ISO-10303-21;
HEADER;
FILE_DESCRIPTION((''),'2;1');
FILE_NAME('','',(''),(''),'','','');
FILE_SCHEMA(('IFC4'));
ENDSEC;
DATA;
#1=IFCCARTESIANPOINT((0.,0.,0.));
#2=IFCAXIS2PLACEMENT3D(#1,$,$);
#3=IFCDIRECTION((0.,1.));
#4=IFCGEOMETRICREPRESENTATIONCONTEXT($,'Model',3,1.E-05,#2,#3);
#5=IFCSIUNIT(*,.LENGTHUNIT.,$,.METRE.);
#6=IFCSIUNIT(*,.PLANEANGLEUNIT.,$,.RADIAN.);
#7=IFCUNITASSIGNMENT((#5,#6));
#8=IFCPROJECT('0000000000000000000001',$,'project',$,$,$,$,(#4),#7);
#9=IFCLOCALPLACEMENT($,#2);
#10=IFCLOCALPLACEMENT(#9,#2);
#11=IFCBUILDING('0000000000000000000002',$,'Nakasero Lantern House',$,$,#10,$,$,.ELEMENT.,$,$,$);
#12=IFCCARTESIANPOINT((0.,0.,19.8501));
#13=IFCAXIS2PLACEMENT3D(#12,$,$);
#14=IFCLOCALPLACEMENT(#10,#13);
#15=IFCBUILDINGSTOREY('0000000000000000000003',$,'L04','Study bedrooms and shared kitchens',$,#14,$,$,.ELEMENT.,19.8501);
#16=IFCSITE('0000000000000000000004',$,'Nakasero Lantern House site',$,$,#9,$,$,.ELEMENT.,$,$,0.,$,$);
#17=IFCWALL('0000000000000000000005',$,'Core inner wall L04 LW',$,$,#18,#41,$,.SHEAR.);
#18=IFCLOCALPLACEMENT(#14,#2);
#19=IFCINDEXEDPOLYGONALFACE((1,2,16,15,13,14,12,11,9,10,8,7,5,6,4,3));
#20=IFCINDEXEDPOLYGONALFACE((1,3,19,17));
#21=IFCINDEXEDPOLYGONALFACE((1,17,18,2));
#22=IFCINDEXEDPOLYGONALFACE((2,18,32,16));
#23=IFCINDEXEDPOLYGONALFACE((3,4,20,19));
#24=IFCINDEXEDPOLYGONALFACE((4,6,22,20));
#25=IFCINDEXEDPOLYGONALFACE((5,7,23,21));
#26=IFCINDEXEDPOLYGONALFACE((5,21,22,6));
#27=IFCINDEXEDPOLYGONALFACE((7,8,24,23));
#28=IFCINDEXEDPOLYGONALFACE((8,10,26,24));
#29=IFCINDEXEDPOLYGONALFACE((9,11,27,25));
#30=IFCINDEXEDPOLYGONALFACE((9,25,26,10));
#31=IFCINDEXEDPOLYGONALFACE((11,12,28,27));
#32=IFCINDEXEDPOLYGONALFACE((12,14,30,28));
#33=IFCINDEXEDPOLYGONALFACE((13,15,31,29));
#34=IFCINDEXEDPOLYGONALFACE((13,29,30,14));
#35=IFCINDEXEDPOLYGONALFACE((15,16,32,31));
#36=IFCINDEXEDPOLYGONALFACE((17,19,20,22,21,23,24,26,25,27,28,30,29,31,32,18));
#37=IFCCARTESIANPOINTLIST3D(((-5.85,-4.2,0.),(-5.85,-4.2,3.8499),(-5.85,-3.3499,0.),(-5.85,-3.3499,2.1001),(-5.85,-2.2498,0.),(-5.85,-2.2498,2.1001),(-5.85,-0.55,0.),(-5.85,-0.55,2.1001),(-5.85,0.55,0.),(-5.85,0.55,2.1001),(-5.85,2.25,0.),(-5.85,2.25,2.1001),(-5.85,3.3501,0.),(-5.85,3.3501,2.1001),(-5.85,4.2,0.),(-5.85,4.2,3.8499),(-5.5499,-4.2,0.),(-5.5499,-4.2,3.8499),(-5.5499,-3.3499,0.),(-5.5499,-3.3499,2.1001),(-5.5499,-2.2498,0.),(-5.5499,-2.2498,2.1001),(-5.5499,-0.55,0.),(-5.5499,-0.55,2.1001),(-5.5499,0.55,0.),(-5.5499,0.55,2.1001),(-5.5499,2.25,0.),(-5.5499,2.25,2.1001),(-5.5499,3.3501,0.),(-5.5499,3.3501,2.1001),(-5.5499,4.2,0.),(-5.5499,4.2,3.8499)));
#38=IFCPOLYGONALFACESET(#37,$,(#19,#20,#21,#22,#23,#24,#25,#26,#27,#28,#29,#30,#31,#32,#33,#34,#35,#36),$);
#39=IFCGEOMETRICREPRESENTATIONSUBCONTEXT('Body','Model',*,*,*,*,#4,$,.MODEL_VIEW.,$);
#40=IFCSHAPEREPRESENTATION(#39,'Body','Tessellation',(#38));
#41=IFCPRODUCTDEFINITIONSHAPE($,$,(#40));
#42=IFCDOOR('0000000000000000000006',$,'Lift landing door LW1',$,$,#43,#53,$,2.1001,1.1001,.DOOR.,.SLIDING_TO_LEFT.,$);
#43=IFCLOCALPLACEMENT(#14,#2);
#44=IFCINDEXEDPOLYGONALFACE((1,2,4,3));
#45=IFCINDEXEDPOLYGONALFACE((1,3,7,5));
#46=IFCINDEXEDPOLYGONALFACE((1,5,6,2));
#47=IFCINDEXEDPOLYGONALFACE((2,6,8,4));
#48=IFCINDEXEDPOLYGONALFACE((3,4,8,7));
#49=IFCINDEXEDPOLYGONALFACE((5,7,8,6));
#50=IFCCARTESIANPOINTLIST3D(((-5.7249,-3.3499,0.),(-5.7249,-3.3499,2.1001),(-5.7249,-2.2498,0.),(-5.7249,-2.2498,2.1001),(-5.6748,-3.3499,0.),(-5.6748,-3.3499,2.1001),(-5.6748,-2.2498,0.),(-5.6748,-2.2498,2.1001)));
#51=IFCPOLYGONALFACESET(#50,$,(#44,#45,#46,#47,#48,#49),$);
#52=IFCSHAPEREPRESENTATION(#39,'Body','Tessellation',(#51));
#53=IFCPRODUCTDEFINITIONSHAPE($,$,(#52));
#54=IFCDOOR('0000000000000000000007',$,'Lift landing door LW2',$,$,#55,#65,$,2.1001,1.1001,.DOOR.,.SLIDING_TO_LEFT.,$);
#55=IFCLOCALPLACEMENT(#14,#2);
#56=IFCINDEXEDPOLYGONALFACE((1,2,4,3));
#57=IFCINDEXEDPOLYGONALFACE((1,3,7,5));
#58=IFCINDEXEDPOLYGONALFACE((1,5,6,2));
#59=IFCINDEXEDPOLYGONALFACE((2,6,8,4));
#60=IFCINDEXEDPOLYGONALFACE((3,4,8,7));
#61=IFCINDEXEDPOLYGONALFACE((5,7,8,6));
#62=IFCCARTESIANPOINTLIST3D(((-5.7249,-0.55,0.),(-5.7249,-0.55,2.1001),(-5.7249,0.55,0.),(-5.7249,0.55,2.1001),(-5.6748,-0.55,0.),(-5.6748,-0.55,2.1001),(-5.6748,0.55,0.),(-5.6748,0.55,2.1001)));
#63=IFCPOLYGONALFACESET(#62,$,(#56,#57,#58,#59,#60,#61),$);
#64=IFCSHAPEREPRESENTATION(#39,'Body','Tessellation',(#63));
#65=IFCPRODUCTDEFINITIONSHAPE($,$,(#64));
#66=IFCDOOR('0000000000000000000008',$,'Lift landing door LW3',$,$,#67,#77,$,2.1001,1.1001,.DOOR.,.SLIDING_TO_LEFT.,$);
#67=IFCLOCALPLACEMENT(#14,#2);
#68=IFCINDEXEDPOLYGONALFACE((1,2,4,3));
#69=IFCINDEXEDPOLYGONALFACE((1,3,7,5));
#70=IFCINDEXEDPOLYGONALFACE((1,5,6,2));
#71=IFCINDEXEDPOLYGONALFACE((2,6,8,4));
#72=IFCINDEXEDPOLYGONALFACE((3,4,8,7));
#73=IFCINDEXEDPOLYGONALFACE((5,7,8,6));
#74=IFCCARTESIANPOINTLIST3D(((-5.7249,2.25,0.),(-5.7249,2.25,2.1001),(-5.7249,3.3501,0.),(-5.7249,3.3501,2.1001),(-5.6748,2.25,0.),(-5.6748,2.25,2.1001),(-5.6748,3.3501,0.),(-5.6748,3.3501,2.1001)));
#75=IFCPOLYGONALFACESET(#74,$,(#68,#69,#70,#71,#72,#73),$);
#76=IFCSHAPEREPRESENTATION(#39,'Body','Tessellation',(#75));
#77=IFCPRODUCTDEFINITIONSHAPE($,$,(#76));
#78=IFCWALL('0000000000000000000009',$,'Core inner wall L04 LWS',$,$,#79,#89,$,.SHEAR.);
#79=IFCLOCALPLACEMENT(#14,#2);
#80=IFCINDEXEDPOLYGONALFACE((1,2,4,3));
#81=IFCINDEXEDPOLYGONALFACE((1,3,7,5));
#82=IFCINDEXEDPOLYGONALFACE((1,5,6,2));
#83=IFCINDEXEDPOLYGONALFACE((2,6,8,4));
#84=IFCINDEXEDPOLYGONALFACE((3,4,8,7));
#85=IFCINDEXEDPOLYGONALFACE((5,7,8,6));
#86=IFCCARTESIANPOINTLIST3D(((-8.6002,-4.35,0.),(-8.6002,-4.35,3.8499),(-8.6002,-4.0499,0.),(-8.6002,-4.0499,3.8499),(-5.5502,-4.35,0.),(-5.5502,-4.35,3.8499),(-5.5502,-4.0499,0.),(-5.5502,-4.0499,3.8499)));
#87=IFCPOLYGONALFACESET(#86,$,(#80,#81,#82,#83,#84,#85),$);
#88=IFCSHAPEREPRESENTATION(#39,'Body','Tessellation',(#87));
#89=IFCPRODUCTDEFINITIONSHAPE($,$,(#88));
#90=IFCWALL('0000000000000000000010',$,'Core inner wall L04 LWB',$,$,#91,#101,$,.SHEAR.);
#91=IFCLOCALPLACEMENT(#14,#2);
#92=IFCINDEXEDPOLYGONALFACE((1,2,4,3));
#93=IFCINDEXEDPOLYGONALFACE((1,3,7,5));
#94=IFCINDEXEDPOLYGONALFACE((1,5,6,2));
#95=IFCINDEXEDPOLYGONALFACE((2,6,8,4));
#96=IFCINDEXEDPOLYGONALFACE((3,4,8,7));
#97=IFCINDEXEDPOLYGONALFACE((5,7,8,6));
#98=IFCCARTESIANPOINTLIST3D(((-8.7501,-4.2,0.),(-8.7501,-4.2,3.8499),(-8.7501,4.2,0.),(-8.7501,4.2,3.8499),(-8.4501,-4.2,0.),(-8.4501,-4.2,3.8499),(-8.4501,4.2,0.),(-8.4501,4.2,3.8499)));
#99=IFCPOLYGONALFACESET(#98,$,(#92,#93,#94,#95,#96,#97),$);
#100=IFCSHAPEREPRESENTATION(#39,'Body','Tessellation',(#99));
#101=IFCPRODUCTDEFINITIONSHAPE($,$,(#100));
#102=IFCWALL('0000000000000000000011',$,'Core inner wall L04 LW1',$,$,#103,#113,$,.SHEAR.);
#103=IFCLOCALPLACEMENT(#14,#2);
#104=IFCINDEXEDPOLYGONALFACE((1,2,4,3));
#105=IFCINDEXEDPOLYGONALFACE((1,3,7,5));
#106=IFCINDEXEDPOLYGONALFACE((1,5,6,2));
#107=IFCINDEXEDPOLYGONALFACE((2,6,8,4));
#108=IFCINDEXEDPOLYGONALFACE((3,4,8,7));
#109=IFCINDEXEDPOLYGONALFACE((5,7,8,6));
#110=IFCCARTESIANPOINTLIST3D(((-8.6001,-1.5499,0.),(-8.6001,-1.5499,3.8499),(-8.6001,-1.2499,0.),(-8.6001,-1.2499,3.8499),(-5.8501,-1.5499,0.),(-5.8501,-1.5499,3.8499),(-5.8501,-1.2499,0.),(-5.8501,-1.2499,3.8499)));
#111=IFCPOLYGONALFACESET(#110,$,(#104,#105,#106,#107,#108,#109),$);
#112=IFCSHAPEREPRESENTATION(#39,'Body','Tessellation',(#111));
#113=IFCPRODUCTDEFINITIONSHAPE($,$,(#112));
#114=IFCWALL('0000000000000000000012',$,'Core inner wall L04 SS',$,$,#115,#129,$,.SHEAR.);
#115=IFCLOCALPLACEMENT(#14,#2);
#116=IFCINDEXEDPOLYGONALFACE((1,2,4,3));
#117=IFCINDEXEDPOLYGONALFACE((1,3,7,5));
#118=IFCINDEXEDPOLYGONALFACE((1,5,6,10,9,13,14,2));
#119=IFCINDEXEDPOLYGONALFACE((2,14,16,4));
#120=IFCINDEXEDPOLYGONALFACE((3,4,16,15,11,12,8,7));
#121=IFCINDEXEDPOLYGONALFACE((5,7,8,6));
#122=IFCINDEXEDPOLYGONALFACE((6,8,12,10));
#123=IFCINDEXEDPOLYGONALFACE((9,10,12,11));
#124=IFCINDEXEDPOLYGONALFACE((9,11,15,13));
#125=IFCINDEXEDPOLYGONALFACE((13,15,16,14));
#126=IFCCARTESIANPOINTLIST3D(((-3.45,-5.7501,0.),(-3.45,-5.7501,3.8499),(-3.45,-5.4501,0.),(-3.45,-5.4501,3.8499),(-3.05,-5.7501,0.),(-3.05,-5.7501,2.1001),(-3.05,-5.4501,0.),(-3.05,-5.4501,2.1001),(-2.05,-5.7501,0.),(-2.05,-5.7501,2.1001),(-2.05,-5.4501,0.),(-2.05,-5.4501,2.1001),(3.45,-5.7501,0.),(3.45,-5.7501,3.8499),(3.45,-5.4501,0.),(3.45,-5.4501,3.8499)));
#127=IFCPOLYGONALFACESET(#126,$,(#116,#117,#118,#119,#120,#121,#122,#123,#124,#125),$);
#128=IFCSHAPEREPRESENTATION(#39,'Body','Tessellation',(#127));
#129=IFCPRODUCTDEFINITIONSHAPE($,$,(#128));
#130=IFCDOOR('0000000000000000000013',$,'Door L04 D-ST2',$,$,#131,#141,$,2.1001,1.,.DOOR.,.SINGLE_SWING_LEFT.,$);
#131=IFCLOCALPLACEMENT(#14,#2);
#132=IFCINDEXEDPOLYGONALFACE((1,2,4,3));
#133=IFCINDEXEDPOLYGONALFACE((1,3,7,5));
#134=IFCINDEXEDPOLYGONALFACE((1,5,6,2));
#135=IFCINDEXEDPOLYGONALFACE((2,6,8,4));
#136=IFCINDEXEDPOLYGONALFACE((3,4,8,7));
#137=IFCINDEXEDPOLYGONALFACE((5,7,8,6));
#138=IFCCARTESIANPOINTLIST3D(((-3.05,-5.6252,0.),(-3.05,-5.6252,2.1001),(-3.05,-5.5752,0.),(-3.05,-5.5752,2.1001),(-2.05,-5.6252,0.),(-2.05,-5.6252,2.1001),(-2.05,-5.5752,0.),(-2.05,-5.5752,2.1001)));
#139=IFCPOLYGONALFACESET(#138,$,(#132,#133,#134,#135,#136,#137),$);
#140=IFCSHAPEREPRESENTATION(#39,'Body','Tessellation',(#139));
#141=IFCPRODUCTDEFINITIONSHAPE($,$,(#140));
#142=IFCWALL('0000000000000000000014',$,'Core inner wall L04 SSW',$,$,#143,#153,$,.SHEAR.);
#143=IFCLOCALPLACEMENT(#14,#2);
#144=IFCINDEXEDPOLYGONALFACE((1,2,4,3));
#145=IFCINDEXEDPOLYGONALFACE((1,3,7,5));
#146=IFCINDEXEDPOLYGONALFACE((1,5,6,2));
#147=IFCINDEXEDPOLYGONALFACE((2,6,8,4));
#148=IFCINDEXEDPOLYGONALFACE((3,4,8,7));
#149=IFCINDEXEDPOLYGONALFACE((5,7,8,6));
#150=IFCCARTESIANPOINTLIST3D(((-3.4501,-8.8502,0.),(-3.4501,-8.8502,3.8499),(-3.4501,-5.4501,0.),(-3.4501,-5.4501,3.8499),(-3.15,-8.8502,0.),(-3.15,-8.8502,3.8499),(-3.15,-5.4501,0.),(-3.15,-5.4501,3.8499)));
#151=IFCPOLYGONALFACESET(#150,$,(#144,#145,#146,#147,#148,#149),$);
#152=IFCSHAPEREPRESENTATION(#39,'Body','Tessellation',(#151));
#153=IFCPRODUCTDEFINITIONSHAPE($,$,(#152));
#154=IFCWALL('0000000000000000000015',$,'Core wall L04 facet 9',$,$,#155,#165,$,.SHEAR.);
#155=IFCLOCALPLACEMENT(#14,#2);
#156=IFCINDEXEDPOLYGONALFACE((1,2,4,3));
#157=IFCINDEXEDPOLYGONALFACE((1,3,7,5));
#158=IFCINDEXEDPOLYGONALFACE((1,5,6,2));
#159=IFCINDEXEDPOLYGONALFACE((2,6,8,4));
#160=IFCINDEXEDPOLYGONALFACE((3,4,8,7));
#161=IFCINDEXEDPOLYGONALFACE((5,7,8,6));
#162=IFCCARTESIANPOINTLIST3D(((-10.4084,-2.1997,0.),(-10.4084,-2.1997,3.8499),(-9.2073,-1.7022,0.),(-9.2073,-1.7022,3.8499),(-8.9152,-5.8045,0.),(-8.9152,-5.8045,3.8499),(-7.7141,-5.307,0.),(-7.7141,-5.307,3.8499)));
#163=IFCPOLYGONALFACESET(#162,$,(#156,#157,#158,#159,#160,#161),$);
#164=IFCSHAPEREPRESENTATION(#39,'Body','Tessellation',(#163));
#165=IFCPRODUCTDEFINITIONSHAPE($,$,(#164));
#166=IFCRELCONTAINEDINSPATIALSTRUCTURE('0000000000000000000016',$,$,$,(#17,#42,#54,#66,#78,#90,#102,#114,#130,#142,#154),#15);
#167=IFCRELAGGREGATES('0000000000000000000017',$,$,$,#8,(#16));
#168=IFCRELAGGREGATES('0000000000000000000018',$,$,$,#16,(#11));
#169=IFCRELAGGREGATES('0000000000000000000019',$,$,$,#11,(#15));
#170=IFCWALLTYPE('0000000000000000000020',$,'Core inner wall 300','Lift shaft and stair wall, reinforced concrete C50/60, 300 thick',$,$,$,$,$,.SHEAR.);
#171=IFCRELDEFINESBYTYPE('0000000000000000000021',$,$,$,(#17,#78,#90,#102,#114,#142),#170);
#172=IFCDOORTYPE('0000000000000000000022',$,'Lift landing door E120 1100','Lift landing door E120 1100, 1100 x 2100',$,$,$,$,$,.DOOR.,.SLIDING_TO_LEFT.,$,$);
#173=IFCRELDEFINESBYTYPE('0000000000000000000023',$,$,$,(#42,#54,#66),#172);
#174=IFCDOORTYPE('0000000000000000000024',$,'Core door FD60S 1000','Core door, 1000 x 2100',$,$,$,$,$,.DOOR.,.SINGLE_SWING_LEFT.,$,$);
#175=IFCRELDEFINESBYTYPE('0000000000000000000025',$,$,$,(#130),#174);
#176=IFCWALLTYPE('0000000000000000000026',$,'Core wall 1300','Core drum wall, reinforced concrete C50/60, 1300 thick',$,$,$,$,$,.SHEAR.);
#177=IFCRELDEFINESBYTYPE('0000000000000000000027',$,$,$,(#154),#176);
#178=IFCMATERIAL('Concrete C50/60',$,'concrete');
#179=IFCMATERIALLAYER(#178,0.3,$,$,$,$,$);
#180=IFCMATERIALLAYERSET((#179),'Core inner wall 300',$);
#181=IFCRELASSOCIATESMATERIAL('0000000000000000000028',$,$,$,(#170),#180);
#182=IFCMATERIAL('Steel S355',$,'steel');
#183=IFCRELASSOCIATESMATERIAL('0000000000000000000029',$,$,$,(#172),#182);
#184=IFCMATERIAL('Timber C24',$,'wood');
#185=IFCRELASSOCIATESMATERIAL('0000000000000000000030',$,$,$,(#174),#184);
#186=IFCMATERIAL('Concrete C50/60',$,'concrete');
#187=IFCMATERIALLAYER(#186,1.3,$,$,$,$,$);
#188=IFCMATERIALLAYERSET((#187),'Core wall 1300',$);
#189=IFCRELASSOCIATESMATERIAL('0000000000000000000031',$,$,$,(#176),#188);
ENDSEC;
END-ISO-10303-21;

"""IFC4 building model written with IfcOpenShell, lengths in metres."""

from ifc_helpers import new_model, si_unit, direction, frame, frame_2d, origin, place, context, subcontext, project, spatial, rectangle, extrude, material, layer, layer_set, type_object, element, fill, save


model = new_model("IFC4")

# Units and contexts
model_context = context("Model", 3, precision=1e-05, world=origin(), true_north=direction((0.0, 1.0)))
body_context = subcontext(model_context, "Body", "Model", "MODEL_VIEW")
ifc_project = project(units=[si_unit("LENGTHUNIT", "METRE"), si_unit("PLANEANGLEUNIT", "RADIAN")], contexts=[model_context])

# Site, building, storey
site_placement = place(None, origin())
site = spatial("IfcSite", under=ifc_project, at=site_placement, Name="Nakasero Lantern House site", CompositionType="ELEMENT", RefElevation=0.0)
building_placement = place(site_placement, origin())
building = spatial("IfcBuilding", under=site, at=building_placement, Name="Nakasero Lantern House", CompositionType="ELEMENT")
storey_placement = place(building_placement, frame((0.0, 0.0, 19.8501)))
storey = spatial("IfcBuildingStorey", under=building, at=storey_placement, Name="L04", Description="Study bedrooms and shared kitchens", CompositionType="ELEMENT", Elevation=19.8501)

# Wall, openings, doors
ifc_material_1 = material(Name="Concrete C50/60", Category="concrete")
ifc_layer_1 = layer(ifc_material_1, 0.3)
ifc_layer_set_1 = layer_set([ifc_layer_1], Name="Core inner wall 300")
wall_type_1 = type_object("IfcWallType", Name="Core inner wall 300", Description="Lift shaft and stair wall, reinforced concrete C50/60, 300 thick", PredefinedType="SHEAR", material=ifc_layer_set_1)
wall_1_placement = place(storey_placement, frame((-5.7, -4.2, 0.0), z_axis=(0.0, 0.0, 1.0), x_axis=(0.0, 1.0, 0.0)))
wall_1 = element("IfcWall", 1, at=wall_1_placement, inside=storey, type_object=wall_type_1, Name="Core inner wall L04 LW", PredefinedType="SHEAR", context=body_context, shape_type="SweptSolid", body=[
    extrude(rectangle(XDim=8.3999, YDim=0.3, at=frame_2d((4.2, 0.0))), origin(), (0.0, 0.0, 1.0), 3.8499),
])
opening_1_placement = place(wall_1_placement, frame((0.8501, 0.0, 0.0)))
opening_1 = element("IfcOpeningElement", 2, at=opening_1_placement, cuts=wall_1, PredefinedType="OPENING", context=body_context, shape_type="SweptSolid", body=[
    extrude(rectangle(XDim=1.1001, YDim=2.1001, at=frame_2d((0.55, 1.05))), frame((0.0, 0.1699, 0.0), z_axis=(0.0, -1.0, 0.0), x_axis=(1.0, 0.0, 0.0)), (0.0, 0.0, 1.0), 0.3401),
])
opening_2_placement = place(wall_1_placement, frame((3.6499, 0.0, 0.0)))
opening_2 = element("IfcOpeningElement", 3, at=opening_2_placement, cuts=wall_1, PredefinedType="OPENING", context=body_context, shape_type="SweptSolid", body=[
    extrude(rectangle(XDim=1.1001, YDim=2.1001, at=frame_2d((0.55, 1.05))), frame((0.0, 0.1699, 0.0), z_axis=(0.0, -1.0, 0.0), x_axis=(1.0, 0.0, 0.0)), (0.0, 0.0, 1.0), 0.3401),
])
opening_3_placement = place(wall_1_placement, frame((6.45, 0.0, 0.0)))
opening_3 = element("IfcOpeningElement", 4, at=opening_3_placement, cuts=wall_1, PredefinedType="OPENING", context=body_context, shape_type="SweptSolid", body=[
    extrude(rectangle(XDim=1.1001, YDim=2.1001, at=frame_2d((0.55, 1.05))), frame((0.0, 0.1699, 0.0), z_axis=(0.0, -1.0, 0.0), x_axis=(1.0, 0.0, 0.0)), (0.0, 0.0, 1.0), 0.3401),
])
ifc_material_2 = material(Name="Steel S355", Category="steel")
door_type_1 = type_object("IfcDoorType", Name="Lift landing door E120 1100", Description="Lift landing door E120 1100, 1100 x 2100", OperationType="SLIDING_TO_LEFT", PredefinedType="DOOR", material=ifc_material_2)
door_1_placement = place(opening_1_placement, origin())
door_1 = element("IfcDoor", 5, at=door_1_placement, inside=storey, type_object=door_type_1, Name="Lift landing door LW1", OperationType="SLIDING_TO_LEFT", OverallHeight=2.1001, OverallWidth=1.1001, PredefinedType="DOOR", context=body_context, shape_type="SweptSolid", body=[
    extrude(rectangle(XDim=1.1001, YDim=2.1001, at=frame_2d((0.55, 1.05))), frame((0.0, 0.0249, 0.0), z_axis=(0.0, -1.0, 0.0), x_axis=(1.0, 0.0, 0.0)), (0.0, 0.0, 1.0), 0.05),
])
fill(opening_1, door_1)
door_2_placement = place(opening_2_placement, origin())
door_2 = element("IfcDoor", 6, at=door_2_placement, inside=storey, type_object=door_type_1, Name="Lift landing door LW2", OperationType="SLIDING_TO_LEFT", OverallHeight=2.1001, OverallWidth=1.1001, PredefinedType="DOOR", context=body_context, shape_type="SweptSolid", body=[
    extrude(rectangle(XDim=1.1001, YDim=2.1001, at=frame_2d((0.55, 1.05))), frame((0.0, 0.0249, 0.0), z_axis=(0.0, -1.0, 0.0), x_axis=(1.0, 0.0, 0.0)), (0.0, 0.0, 1.0), 0.05),
])
fill(opening_2, door_2)
door_3_placement = place(opening_3_placement, origin())
door_3 = element("IfcDoor", 7, at=door_3_placement, inside=storey, type_object=door_type_1, Name="Lift landing door LW3", OperationType="SLIDING_TO_LEFT", OverallHeight=2.1001, OverallWidth=1.1001, PredefinedType="DOOR", context=body_context, shape_type="SweptSolid", body=[
    extrude(rectangle(XDim=1.1001, YDim=2.1001, at=frame_2d((0.55, 1.05))), frame((0.0, 0.0249, 0.0), z_axis=(0.0, -1.0, 0.0), x_axis=(1.0, 0.0, 0.0)), (0.0, 0.0, 1.0), 0.05),
])
fill(opening_3, door_3)

# Walls
wall_2_placement = place(storey_placement, frame((-8.6001, -4.2, 0.0), z_axis=(0.0, 0.0, 1.0), x_axis=(1.0, 0.0, 0.0)))
element("IfcWall", 8, at=wall_2_placement, inside=storey, type_object=wall_type_1, Name="Core inner wall L04 LWS", PredefinedType="SHEAR", context=body_context, shape_type="SweptSolid", body=[
    extrude(rectangle(XDim=3.05, YDim=0.3, at=frame_2d((1.5249, 0.0))), origin(), (0.0, 0.0, 1.0), 3.8499),
])
wall_3_placement = place(storey_placement, frame((-8.6001, -4.2, 0.0), z_axis=(0.0, 0.0, 1.0), x_axis=(0.0, 1.0, 0.0)))
element("IfcWall", 9, at=wall_3_placement, inside=storey, type_object=wall_type_1, Name="Core inner wall L04 LWB", PredefinedType="SHEAR", context=body_context, shape_type="SweptSolid", body=[
    extrude(rectangle(XDim=8.3999, YDim=0.3, at=frame_2d((4.2, 0.0))), origin(), (0.0, 0.0, 1.0), 3.8499),
])
wall_4_placement = place(storey_placement, frame((-8.6001, -1.3999, 0.0), z_axis=(0.0, 0.0, 1.0), x_axis=(1.0, 0.0, 0.0)))
element("IfcWall", 10, at=wall_4_placement, inside=storey, type_object=wall_type_1, Name="Core inner wall L04 LW1", PredefinedType="SHEAR", context=body_context, shape_type="SweptSolid", body=[
    extrude(rectangle(XDim=2.75, YDim=0.3, at=frame_2d((1.375, 0.0))), origin(), (0.0, 0.0, 1.0), 3.8499),
])

# Wall, opening, door
wall_5_placement = place(storey_placement, frame((-3.45, -5.6001, 0.0), z_axis=(0.0, 0.0, 1.0), x_axis=(1.0, 0.0, 0.0)))
wall_5 = element("IfcWall", 11, at=wall_5_placement, inside=storey, type_object=wall_type_1, Name="Core inner wall L04 SS", PredefinedType="SHEAR", context=body_context, shape_type="SweptSolid", body=[
    extrude(rectangle(XDim=6.8999, YDim=0.3, at=frame_2d((3.45, 0.0))), origin(), (0.0, 0.0, 1.0), 3.8499),
])
opening_4_placement = place(wall_5_placement, frame((0.3999, 0.0, 0.0)))
opening_4 = element("IfcOpeningElement", 12, at=opening_4_placement, cuts=wall_5, PredefinedType="OPENING", context=body_context, shape_type="SweptSolid", body=[
    extrude(rectangle(XDim=1.0, YDim=2.1001, at=frame_2d((0.5, 1.05))), frame((0.0, 0.1699, 0.0), z_axis=(0.0, -1.0, 0.0), x_axis=(1.0, 0.0, 0.0)), (0.0, 0.0, 1.0), 0.3401),
])
ifc_material_3 = material(Name="Timber C24", Category="wood")
door_type_2 = type_object("IfcDoorType", Name="Core door FD60S 1000", Description="Core door, 1000 x 2100", OperationType="SINGLE_SWING_LEFT", PredefinedType="DOOR", material=ifc_material_3)
door_4_placement = place(opening_4_placement, origin())
door_4 = element("IfcDoor", 13, at=door_4_placement, inside=storey, type_object=door_type_2, Name="Door L04 D-ST2", OperationType="SINGLE_SWING_LEFT", OverallHeight=2.1001, OverallWidth=1.0, PredefinedType="DOOR", context=body_context, shape_type="SweptSolid", body=[
    extrude(rectangle(XDim=1.0, YDim=2.1001, at=frame_2d((0.5, 1.05))), frame((0.0, 0.0249, 0.0), z_axis=(0.0, -1.0, 0.0), x_axis=(1.0, 0.0, 0.0)), (0.0, 0.0, 1.0), 0.05),
])
fill(opening_4, door_4)

# Walls
wall_6_placement = place(storey_placement, frame((-3.3, -5.45, 0.0), z_axis=(0.0, 0.0, 1.0), x_axis=(0.0, -1.0, 0.0)))
element("IfcWall", 14, at=wall_6_placement, inside=storey, type_object=wall_type_1, Name="Core inner wall L04 SSW", PredefinedType="SHEAR", context=body_context, shape_type="SweptSolid", body=[
    extrude(rectangle(XDim=3.4001, YDim=0.3, at=frame_2d((1.7002, 0.0))), origin(), (0.0, 0.0, 1.0), 3.8499),
])
ifc_material_4 = material(Name="Concrete C50/60", Category="concrete")
ifc_layer_2 = layer(ifc_material_4, 1.3)
ifc_layer_set_2 = layer_set([ifc_layer_2], Name="Core wall 1300")
wall_type_2 = type_object("IfcWallType", Name="Core wall 1300", Description="Core drum wall, reinforced concrete C50/60, 1300 thick", PredefinedType="SHEAR", material=ifc_layer_set_2)
wall_7_placement = place(storey_placement, frame((-9.8079, -1.9509, 0.0), z_axis=(0.0, 0.0, 1.0), x_axis=(0.382691, -0.923877, 0.0)))
element("IfcWall", 15, at=wall_7_placement, inside=storey, type_object=wall_type_2, Name="Core wall L04 facet 9", PredefinedType="SHEAR", context=body_context, shape_type="SweptSolid", body=[
    extrude(rectangle(XDim=3.9019, YDim=1.3, at=frame_2d((1.9509, 0.0))), origin(), (0.0, 0.0, 1.0), 3.8499),
])

save(model, "model.ifc")
